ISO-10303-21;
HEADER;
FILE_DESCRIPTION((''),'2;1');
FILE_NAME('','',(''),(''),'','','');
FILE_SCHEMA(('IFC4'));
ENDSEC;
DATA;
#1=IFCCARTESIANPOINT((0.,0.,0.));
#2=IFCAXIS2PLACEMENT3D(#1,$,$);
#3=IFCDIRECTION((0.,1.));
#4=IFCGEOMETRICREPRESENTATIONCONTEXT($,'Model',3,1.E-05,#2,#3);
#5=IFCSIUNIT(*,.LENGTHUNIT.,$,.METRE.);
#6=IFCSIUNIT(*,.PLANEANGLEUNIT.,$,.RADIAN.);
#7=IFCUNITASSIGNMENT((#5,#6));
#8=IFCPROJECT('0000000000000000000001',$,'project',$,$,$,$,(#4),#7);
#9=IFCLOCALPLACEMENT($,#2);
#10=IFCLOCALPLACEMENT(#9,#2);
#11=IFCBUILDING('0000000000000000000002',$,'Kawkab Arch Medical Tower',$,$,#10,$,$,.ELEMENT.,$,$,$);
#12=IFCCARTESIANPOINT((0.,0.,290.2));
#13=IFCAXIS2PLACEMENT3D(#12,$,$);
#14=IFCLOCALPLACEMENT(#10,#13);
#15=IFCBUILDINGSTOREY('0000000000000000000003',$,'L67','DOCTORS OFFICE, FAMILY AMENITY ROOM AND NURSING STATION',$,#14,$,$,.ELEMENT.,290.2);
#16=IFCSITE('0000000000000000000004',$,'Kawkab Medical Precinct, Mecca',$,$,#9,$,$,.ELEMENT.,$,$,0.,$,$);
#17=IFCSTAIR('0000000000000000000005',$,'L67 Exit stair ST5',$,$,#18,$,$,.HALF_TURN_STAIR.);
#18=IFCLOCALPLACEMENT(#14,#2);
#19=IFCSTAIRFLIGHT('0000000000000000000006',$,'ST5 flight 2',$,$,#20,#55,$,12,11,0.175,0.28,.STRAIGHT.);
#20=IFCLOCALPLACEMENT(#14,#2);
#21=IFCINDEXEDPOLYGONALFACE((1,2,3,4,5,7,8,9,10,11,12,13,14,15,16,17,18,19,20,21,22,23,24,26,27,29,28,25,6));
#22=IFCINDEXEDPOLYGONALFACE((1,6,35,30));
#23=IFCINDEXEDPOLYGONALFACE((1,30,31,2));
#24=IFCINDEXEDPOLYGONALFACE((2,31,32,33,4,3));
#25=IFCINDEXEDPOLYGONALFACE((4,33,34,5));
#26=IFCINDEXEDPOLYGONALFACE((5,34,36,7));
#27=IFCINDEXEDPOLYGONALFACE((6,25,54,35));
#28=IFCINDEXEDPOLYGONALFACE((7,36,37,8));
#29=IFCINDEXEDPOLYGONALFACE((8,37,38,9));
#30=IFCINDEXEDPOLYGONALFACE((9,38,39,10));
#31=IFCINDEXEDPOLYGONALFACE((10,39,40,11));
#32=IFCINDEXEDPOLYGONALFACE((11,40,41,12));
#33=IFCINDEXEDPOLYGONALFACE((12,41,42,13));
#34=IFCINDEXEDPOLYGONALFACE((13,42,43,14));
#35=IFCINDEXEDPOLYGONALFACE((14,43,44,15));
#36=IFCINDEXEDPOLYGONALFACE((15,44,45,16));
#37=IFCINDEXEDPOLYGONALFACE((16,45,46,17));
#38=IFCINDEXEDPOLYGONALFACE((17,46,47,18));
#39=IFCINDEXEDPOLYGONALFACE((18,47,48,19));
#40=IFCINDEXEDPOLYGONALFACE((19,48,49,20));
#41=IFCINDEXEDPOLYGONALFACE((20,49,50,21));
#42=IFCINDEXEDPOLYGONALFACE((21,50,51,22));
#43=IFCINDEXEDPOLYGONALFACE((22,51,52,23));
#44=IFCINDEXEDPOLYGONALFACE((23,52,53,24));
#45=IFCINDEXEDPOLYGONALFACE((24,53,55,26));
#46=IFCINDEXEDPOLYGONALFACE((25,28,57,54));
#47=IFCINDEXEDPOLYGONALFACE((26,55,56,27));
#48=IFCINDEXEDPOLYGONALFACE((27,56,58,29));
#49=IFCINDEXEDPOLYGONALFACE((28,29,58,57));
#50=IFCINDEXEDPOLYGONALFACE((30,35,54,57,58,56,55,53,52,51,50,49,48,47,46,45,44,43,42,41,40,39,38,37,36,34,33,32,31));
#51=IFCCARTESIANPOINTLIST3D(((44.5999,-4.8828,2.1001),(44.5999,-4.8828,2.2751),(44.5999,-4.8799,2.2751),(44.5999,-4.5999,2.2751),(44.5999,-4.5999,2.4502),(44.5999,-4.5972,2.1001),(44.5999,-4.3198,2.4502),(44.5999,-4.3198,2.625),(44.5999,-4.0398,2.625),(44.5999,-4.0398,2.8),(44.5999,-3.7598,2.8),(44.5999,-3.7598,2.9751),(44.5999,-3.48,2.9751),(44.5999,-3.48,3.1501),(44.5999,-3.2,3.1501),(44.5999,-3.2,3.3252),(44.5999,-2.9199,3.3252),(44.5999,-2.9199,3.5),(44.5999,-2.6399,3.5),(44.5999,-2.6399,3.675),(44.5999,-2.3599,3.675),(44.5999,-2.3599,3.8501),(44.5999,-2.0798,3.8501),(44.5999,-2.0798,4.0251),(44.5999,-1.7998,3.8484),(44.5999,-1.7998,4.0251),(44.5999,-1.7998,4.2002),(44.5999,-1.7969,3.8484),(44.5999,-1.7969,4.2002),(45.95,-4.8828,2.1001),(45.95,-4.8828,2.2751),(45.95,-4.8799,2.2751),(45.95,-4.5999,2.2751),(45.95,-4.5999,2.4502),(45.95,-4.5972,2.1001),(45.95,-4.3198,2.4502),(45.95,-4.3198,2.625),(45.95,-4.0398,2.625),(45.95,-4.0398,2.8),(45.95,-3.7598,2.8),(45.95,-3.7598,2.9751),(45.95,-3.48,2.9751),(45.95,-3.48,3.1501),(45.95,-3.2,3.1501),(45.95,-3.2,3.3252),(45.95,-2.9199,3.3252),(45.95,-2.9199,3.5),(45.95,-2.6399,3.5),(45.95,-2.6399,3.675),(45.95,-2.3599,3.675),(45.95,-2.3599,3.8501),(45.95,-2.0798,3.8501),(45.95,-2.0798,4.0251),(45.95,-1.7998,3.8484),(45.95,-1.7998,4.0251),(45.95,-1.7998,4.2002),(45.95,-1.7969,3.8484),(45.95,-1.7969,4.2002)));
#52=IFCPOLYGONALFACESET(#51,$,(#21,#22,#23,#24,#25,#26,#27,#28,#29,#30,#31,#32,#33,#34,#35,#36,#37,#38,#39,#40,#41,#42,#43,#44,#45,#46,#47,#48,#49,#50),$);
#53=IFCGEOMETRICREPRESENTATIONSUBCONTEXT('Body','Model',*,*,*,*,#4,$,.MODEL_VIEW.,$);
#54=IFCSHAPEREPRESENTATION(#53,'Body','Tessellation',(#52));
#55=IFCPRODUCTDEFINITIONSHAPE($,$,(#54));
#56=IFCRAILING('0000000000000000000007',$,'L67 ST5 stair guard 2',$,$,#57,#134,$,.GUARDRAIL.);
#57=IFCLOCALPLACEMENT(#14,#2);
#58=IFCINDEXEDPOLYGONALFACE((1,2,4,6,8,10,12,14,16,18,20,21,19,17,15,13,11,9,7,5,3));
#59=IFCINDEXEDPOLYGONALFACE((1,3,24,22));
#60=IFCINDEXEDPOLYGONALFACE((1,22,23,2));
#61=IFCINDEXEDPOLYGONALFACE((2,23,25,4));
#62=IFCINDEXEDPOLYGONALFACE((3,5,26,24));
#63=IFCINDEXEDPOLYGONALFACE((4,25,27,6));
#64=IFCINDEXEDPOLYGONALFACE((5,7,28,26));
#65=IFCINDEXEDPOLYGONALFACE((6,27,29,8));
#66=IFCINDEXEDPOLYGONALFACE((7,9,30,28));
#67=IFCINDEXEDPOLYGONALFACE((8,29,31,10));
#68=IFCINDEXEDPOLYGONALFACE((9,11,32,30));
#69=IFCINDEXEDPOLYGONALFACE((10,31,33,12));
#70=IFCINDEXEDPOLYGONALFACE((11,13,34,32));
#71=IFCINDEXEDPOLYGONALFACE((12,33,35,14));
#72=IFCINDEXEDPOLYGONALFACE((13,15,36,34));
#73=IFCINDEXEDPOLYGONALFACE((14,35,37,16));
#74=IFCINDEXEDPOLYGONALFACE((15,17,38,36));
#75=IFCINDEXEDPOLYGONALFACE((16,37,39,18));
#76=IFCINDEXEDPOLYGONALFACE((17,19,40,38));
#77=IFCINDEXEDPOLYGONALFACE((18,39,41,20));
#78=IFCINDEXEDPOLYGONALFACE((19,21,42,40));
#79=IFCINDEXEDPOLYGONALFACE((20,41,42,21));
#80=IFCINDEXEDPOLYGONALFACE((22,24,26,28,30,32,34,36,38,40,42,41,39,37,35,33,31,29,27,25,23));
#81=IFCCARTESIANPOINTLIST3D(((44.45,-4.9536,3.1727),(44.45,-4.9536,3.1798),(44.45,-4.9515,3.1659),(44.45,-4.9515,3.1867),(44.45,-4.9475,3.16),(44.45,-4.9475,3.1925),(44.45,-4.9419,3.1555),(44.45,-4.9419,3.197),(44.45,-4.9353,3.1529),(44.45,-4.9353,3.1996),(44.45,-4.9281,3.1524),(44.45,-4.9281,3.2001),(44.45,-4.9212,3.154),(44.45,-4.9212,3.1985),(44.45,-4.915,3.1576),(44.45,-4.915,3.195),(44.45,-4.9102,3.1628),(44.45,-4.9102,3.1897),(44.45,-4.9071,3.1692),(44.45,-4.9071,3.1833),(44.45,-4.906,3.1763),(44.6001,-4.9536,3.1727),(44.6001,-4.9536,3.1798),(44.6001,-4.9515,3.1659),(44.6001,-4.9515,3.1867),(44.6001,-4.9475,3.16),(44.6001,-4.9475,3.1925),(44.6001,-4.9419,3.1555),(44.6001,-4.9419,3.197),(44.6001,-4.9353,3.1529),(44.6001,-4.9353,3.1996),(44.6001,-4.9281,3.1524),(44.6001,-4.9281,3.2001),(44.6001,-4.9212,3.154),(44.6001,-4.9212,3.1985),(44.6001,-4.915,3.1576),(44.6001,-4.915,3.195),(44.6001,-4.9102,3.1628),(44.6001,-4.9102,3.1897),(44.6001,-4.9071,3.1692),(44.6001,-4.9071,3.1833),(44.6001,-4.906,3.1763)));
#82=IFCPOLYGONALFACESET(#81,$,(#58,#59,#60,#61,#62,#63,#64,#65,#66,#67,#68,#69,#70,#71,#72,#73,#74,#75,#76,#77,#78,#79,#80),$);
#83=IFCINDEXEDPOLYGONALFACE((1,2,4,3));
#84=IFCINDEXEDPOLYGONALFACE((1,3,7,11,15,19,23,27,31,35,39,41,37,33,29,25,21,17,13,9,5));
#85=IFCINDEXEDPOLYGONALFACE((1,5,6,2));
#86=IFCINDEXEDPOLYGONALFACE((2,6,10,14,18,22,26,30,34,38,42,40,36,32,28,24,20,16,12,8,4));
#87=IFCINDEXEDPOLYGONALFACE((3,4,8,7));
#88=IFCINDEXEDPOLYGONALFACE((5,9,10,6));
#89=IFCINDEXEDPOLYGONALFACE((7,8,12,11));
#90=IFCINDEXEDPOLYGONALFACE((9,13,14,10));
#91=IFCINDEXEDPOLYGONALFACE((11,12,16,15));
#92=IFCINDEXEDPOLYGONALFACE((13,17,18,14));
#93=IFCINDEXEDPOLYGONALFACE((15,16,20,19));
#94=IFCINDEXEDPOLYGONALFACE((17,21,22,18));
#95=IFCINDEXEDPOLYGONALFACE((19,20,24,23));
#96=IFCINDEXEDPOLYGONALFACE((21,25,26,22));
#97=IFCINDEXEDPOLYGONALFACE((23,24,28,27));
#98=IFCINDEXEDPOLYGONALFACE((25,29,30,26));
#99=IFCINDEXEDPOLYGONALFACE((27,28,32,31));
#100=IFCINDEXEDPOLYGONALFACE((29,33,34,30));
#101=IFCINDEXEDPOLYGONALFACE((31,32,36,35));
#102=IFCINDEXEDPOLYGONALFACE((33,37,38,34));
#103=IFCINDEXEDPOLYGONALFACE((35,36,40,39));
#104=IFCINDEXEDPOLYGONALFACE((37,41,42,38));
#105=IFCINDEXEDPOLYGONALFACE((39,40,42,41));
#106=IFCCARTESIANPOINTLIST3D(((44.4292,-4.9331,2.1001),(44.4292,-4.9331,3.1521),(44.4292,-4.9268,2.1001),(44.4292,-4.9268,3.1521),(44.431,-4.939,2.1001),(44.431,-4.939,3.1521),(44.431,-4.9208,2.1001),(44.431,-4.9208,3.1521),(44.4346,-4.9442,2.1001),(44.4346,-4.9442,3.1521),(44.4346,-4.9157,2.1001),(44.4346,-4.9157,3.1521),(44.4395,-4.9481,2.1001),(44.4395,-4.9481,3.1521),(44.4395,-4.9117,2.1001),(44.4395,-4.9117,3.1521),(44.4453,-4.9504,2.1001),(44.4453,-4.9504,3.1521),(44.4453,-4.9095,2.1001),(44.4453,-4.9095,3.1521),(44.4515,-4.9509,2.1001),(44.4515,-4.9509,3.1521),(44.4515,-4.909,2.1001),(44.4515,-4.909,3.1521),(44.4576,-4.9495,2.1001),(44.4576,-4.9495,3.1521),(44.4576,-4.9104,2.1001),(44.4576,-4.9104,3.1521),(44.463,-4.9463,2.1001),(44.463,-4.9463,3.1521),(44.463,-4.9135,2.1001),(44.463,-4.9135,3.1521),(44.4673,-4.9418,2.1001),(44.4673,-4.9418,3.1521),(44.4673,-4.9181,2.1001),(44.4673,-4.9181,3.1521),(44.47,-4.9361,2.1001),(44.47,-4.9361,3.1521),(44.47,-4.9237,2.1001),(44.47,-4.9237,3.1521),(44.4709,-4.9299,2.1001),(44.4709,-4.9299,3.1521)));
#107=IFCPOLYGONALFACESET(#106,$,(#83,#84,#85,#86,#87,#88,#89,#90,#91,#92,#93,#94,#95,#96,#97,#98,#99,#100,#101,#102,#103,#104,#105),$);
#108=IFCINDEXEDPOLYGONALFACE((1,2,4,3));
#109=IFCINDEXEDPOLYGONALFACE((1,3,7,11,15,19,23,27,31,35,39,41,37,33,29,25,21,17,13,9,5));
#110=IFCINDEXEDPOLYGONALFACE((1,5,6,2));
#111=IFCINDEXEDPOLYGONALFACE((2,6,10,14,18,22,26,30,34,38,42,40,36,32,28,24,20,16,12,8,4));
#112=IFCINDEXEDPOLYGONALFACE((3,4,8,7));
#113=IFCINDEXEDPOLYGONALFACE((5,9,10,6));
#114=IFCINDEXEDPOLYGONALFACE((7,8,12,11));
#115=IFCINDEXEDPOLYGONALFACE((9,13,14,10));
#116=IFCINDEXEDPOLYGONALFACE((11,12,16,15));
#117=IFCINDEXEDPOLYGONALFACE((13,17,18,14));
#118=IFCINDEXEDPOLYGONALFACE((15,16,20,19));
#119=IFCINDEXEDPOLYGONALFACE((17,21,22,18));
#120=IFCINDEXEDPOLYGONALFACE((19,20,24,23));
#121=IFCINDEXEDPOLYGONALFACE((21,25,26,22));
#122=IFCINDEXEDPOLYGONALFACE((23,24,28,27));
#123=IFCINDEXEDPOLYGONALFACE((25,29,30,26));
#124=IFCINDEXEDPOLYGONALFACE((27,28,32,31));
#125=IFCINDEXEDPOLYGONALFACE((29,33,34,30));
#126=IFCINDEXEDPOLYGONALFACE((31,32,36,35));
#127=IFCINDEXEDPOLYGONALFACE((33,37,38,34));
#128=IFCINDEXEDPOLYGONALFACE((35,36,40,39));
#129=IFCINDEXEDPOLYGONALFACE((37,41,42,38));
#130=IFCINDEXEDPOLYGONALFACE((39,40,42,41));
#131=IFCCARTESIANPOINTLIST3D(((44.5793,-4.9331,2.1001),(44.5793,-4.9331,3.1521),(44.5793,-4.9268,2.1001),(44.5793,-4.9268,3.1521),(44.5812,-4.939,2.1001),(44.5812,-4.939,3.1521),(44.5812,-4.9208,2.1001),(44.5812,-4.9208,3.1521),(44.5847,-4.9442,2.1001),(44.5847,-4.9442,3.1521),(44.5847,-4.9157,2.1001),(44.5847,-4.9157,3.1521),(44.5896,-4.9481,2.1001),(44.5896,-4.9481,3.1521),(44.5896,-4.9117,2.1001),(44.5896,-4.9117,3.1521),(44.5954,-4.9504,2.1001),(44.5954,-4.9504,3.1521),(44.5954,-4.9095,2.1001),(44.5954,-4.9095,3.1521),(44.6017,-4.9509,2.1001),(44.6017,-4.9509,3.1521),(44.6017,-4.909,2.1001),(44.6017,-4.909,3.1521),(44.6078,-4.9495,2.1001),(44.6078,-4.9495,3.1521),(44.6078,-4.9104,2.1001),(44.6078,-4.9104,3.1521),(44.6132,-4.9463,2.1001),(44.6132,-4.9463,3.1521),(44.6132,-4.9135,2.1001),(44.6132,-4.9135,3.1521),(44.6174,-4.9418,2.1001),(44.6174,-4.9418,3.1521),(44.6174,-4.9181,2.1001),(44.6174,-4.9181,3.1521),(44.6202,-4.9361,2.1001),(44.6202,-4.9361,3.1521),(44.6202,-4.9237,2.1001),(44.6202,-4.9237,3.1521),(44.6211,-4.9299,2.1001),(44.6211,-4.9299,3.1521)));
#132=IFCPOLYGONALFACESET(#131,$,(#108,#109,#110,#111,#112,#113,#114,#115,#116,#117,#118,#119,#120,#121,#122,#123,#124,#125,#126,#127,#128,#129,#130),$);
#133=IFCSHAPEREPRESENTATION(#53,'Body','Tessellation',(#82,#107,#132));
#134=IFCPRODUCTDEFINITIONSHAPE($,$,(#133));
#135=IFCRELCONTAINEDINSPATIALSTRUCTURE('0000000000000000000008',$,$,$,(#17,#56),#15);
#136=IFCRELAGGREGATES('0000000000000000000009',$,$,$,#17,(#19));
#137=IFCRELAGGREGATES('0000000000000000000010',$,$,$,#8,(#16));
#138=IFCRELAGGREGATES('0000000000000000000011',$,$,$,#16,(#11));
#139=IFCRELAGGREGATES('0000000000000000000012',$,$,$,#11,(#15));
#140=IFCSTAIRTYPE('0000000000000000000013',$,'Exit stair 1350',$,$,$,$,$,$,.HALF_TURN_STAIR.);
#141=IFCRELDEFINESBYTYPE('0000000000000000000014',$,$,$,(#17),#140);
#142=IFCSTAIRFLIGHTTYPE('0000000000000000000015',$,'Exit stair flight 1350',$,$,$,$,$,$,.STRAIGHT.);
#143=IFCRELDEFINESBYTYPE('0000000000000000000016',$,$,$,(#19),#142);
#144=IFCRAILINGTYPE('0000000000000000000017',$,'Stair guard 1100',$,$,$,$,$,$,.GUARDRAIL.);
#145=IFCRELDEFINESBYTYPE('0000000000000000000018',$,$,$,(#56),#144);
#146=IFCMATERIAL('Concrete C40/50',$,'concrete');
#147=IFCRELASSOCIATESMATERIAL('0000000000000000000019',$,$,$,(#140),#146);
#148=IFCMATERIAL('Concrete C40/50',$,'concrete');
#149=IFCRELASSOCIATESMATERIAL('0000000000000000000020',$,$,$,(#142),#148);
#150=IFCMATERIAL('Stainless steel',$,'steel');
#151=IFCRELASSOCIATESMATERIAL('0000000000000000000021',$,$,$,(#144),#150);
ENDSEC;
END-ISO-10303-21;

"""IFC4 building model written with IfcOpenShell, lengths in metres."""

from ifc_helpers import new_model, si_unit, direction, frame, origin, origin_2d, place, context, subcontext, project, spatial, polyline, circle, outline, extrude, material, type_object, element, aggregate, save


model = new_model("IFC4")

# Units and contexts
model_context = context("Model", 3, precision=1e-05, world=origin(), true_north=direction((0.0, 1.0)))
body_context = subcontext(model_context, "Body", "Model", "MODEL_VIEW")
ifc_project = project(units=[si_unit("LENGTHUNIT", "METRE"), si_unit("PLANEANGLEUNIT", "RADIAN")], contexts=[model_context])

# Site, building, storey
site_placement = place(None, origin())
site = spatial("IfcSite", under=ifc_project, at=site_placement, Name="Kawkab Medical Precinct, Mecca", CompositionType="ELEMENT", RefElevation=0.0)
building_placement = place(site_placement, origin())
building = spatial("IfcBuilding", under=site, at=building_placement, Name="Kawkab Arch Medical Tower", CompositionType="ELEMENT")
storey_placement = place(building_placement, frame((0.0, 0.0, 290.2)))
storey = spatial("IfcBuildingStorey", under=building, at=storey_placement, Name="L67", Description="DOCTORS OFFICE, FAMILY AMENITY ROOM AND NURSING STATION", CompositionType="ELEMENT", Elevation=290.2)

# Shared definitions
placement = place(storey_placement, origin())

# Stair, stair flight
ifc_material_1 = material(Name="Concrete C40/50", Category="concrete")
stair_type = type_object("IfcStairType", Name="Exit stair 1350", PredefinedType="HALF_TURN_STAIR", material=ifc_material_1)
stair = element("IfcStair", 1, at=placement, inside=storey, type_object=stair_type, Name="L67 Exit stair ST5", PredefinedType="HALF_TURN_STAIR")
ifc_material_2 = material(Name="Concrete C40/50", Category="concrete")
stair_flight_type = type_object("IfcStairFlightType", Name="Exit stair flight 1350", PredefinedType="STRAIGHT", material=ifc_material_2)
stair_flight_placement = place(storey_placement, frame((45.2749, -4.8799, 2.1001), z_axis=(0.0, 0.0, 1.0), x_axis=(0.0, 1.0, 0.0)))
stair_flight = element("IfcStairFlight", 2, at=stair_flight_placement, type_object=stair_flight_type, Name="ST5 flight 2", NumberOfRisers=12, NumberOfTreads=11, PredefinedType="STRAIGHT", RiserHeight=0.175, TreadLength=0.28, context=body_context, shape_type="SweptSolid", body=[
    extrude(outline(polyline([(-0.0029, 0.0), (-0.0029, 0.175), (0.0, 0.175), (0.28, 0.175), (0.28, 0.3501), (0.5601, 0.3501), (0.5601, 0.5249), (0.8401, 0.5249), (0.8401, 0.7), (1.1201, 0.7), (1.1201, 0.875), (1.3999, 0.875), (1.3999, 1.05), (1.6799, 1.05), (1.6799, 1.2251), (1.96, 1.2251), (1.96, 1.3999), (2.24, 1.3999), (2.24, 1.575), (2.52, 1.575), (2.52, 1.75), (2.8, 1.75), (2.8, 1.925), (3.0801, 1.925), (3.0801, 2.1001), (3.083, 2.1001), (3.083, 1.7483), (3.0801, 1.7483), (0.2827, 0.0), (-0.0029, 0.0)])), frame((0.0, 0.675, 0.0), z_axis=(0.0, -1.0, 0.0), x_axis=(1.0, 0.0, 0.0)), (0.0, 0.0, 1.0), 1.3501),
])
aggregate(stair, [stair_flight])

# Railing
ifc_material_3 = material(Name="Stainless steel", Category="steel")
railing_type = type_object("IfcRailingType", Name="Stair guard 1100", PredefinedType="GUARDRAIL", material=ifc_material_3)
railing_1_placement = place(storey_placement, frame((44.45, -4.9299, 2.1001)))
element("IfcRailing", 3, at=railing_1_placement, inside=storey, type_object=railing_type, Name="L67 ST5 stair guard 2", PredefinedType="GUARDRAIL", context=body_context, shape_type="SweptSolid", body=[
    extrude(circle(Radius=0.0239, at=origin_2d()), frame((0.0, 0.0, 1.0762), z_axis=(1.0, 0.0, 0.0), x_axis=(0.0, 1.0, 0.0)), (0.0, 0.0, 1.0), 0.1501),
    extrude(circle(Radius=0.021, at=origin_2d()), origin(), (0.0, 0.0, 1.0), 1.052),
    extrude(circle(Radius=0.021, at=origin_2d()), frame((0.1501, 0.0, 0.0)), (0.0, 0.0, 1.0), 1.052),
])

save(model, "model.ifc")
